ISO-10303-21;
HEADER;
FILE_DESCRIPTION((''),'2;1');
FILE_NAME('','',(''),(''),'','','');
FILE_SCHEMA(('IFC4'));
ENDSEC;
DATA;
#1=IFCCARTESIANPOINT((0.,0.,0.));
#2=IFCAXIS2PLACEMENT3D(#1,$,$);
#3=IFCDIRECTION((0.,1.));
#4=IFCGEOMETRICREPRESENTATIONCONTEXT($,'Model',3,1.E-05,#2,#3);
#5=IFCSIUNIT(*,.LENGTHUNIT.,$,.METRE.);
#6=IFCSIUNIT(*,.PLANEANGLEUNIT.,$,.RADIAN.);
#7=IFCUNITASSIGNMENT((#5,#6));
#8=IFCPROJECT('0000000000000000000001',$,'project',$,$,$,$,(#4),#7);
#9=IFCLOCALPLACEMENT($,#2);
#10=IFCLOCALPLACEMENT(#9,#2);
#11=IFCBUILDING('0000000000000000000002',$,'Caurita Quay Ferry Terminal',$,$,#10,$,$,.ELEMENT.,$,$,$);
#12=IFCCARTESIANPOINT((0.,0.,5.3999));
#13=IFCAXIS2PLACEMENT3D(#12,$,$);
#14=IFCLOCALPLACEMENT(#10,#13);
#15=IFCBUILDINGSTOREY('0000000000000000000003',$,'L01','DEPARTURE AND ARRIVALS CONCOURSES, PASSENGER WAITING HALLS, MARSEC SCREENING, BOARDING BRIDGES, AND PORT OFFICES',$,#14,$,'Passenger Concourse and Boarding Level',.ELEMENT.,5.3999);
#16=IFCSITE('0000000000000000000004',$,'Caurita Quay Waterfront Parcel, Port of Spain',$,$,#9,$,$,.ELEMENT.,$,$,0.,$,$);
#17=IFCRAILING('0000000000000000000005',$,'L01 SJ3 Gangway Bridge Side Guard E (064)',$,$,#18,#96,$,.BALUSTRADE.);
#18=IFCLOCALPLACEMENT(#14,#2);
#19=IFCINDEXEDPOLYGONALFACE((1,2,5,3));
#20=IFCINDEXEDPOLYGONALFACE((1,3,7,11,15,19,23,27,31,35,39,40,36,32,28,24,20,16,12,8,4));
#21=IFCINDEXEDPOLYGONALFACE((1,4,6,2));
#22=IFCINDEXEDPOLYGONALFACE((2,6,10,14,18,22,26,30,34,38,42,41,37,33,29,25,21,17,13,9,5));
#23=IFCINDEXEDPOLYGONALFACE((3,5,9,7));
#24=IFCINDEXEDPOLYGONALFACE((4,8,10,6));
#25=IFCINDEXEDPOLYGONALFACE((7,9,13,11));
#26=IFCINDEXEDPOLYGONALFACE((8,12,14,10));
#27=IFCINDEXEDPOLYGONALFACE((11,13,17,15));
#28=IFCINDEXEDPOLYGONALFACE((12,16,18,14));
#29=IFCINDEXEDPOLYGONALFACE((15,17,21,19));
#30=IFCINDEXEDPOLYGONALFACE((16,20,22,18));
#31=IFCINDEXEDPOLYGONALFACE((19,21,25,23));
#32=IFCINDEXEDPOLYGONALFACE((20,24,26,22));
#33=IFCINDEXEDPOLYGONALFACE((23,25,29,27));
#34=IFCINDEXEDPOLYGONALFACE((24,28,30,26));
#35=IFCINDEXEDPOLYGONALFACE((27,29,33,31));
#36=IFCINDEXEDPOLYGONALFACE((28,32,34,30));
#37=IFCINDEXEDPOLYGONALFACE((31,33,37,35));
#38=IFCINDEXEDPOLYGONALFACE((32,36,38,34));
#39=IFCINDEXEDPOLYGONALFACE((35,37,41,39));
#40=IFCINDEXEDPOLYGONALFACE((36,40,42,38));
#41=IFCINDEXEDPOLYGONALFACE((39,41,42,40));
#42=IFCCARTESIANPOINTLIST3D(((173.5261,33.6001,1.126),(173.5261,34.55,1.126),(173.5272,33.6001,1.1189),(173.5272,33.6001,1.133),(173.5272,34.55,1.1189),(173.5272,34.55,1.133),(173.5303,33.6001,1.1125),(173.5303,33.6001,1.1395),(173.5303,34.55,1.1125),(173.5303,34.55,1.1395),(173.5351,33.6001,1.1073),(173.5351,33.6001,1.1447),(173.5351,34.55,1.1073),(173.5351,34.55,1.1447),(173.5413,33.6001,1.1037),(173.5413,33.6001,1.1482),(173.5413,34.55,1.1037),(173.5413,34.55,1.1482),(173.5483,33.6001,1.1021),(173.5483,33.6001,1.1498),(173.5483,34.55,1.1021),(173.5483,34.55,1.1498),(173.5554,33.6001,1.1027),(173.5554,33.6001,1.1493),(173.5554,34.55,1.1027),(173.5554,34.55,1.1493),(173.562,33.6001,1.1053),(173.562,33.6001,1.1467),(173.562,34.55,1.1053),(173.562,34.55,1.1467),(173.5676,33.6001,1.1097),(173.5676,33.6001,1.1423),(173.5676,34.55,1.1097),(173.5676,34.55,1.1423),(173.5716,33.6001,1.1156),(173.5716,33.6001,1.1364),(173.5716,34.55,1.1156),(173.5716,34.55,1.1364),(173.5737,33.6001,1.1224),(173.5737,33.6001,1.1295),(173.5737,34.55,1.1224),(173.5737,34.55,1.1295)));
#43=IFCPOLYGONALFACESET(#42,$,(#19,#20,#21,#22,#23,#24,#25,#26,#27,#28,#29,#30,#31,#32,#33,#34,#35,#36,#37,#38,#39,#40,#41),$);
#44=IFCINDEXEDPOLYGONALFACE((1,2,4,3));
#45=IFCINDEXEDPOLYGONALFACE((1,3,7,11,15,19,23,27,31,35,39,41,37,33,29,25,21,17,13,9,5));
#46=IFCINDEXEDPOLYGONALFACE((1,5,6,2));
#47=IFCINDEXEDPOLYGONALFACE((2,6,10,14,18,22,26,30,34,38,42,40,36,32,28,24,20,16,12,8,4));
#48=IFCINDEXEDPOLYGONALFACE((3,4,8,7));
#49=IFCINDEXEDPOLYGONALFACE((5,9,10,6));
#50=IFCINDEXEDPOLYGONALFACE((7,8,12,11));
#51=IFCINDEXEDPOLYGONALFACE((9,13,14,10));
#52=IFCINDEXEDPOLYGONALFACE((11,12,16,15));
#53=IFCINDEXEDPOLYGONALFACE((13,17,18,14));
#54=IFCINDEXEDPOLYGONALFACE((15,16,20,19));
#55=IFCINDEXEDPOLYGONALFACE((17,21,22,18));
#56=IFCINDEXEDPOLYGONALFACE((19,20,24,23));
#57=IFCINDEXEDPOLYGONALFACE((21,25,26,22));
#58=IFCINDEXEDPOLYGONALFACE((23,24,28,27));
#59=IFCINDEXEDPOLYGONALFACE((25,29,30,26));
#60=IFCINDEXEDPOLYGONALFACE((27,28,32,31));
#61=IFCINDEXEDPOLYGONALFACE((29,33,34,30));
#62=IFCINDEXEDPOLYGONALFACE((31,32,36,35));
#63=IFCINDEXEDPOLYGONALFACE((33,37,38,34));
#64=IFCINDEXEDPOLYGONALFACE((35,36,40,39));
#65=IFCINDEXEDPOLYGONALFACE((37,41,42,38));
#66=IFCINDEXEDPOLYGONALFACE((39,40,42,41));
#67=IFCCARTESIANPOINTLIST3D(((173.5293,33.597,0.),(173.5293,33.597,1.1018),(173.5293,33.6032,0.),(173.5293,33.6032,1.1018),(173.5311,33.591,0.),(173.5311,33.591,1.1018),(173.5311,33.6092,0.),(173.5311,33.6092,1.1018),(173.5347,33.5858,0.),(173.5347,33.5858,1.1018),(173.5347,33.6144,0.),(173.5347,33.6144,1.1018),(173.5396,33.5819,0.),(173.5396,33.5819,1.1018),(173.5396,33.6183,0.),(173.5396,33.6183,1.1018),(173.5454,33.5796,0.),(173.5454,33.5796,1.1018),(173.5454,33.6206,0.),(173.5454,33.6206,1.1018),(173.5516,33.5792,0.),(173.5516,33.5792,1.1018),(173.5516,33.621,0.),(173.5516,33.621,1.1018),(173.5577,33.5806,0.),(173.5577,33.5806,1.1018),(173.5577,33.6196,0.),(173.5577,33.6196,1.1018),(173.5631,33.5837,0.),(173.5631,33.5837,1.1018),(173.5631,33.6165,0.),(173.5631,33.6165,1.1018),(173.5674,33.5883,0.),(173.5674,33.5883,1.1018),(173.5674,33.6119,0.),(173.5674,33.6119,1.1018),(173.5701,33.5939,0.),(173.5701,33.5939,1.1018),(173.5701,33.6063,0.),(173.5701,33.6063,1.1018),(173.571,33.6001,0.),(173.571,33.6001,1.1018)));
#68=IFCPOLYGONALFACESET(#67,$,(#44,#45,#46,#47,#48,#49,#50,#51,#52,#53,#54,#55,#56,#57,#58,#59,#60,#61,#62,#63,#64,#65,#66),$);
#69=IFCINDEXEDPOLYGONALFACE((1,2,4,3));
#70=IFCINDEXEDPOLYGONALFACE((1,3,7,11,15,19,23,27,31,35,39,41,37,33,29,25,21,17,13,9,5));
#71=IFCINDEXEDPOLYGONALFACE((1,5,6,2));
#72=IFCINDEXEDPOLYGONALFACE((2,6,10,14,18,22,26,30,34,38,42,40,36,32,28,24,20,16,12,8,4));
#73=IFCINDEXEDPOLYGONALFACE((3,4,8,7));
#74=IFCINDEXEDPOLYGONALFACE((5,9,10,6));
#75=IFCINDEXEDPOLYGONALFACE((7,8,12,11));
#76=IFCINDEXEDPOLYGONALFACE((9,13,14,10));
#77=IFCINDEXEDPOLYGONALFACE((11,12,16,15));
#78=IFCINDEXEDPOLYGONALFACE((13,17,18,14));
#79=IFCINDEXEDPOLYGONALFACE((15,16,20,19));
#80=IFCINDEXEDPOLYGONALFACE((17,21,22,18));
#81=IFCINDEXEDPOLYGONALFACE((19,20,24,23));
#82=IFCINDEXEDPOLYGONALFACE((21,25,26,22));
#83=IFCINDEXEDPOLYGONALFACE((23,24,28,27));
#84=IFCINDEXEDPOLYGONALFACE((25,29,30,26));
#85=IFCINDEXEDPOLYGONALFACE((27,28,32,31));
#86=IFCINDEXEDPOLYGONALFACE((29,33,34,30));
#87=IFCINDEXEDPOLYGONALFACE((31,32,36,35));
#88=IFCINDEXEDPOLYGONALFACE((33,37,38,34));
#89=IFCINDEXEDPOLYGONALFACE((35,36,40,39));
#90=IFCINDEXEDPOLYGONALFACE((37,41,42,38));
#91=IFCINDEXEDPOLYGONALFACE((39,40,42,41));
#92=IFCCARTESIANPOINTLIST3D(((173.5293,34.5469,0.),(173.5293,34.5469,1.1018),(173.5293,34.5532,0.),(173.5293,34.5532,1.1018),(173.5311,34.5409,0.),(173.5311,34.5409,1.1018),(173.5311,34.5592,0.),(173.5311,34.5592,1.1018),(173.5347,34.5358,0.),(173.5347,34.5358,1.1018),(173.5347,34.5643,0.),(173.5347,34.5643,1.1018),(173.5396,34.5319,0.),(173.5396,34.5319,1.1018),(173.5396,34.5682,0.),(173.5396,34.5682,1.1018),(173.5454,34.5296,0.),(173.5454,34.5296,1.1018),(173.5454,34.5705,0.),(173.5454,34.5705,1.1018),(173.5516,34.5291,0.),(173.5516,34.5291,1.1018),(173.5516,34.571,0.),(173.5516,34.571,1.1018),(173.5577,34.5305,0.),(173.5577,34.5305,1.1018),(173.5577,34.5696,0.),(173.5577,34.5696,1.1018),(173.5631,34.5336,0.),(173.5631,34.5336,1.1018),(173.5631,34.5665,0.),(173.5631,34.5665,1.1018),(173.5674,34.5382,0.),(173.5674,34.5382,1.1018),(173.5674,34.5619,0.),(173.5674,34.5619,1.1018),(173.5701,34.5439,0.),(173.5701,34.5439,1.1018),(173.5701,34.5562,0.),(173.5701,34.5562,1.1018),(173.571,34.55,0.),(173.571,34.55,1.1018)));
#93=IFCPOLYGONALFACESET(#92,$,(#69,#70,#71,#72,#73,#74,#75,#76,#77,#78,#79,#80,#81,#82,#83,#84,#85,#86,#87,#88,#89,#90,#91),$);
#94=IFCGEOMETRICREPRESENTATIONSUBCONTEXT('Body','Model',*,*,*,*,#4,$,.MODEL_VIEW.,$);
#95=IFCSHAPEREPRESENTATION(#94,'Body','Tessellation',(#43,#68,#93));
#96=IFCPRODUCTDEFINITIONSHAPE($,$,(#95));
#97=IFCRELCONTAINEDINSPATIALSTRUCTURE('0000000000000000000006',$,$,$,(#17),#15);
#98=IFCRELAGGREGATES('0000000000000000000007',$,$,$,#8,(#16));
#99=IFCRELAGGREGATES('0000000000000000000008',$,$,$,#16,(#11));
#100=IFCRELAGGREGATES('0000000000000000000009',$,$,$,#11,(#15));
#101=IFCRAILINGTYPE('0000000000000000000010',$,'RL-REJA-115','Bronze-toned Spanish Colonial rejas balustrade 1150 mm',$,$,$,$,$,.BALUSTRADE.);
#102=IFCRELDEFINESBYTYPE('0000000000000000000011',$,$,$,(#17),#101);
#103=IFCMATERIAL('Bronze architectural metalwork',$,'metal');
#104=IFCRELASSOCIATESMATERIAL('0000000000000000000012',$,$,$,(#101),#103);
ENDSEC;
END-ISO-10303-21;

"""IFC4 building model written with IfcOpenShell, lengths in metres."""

from ifc_helpers import new_model, si_unit, direction, frame, origin, origin_2d, place, context, subcontext, project, spatial, circle, extrude, material, type_object, element, save


model = new_model("IFC4")

# Units and contexts
model_context = context("Model", 3, precision=1e-05, world=origin(), true_north=direction((0.0, 1.0)))
body_context = subcontext(model_context, "Body", "Model", "MODEL_VIEW")
ifc_project = project(units=[si_unit("LENGTHUNIT", "METRE"), si_unit("PLANEANGLEUNIT", "RADIAN")], contexts=[model_context])

# Site, building, storey
site_placement = place(None, origin())
site = spatial("IfcSite", under=ifc_project, at=site_placement, Name="Caurita Quay Waterfront Parcel, Port of Spain", CompositionType="ELEMENT", RefElevation=0.0)
building_placement = place(site_placement, origin())
building = spatial("IfcBuilding", under=site, at=building_placement, Name="Caurita Quay Ferry Terminal", CompositionType="ELEMENT")
storey_placement = place(building_placement, frame((0.0, 0.0, 5.3999)))
storey = spatial("IfcBuildingStorey", under=building, at=storey_placement, Name="L01", Description="DEPARTURE AND ARRIVALS CONCOURSES, PASSENGER WAITING HALLS, MARSEC SCREENING, BOARDING BRIDGES, AND PORT OFFICES", LongName="Passenger Concourse and Boarding Level", CompositionType="ELEMENT", Elevation=5.3999)

# Railing
ifc_material_1 = material(Name="Bronze architectural metalwork", Category="metal")
railing_type = type_object("IfcRailingType", Name="RL-REJA-115", Description="Bronze-toned Spanish Colonial rejas balustrade 1150 mm", PredefinedType="BALUSTRADE", material=ifc_material_1)
for number, where, name in (
    (1, (173.55, 33.6001, 0.0), "L01 SJ3 Gangway Bridge Side Guard E (064)"),
):
    element("IfcRailing", number, at=place(storey_placement, frame(where)), inside=storey, type_object=railing_type, Name=name, PredefinedType="BALUSTRADE", context=body_context, shape_type="SweptSolid", body=[
        extrude(circle(Radius=0.0239, at=origin_2d()), frame((0.0, 0.0, 1.126), z_axis=(0.0, 1.0, 0.0), x_axis=(-1.0, 0.0, 0.0)), (0.0, 0.0, 1.0), 0.95),
        extrude(circle(Radius=0.021, at=origin_2d()), origin(), (0.0, 0.0, 1.0), 1.1018),
        extrude(circle(Radius=0.021, at=origin_2d()), frame((0.0, 0.95, 0.0)), (0.0, 0.0, 1.0), 1.1018),
    ])

save(model, "model.ifc")
